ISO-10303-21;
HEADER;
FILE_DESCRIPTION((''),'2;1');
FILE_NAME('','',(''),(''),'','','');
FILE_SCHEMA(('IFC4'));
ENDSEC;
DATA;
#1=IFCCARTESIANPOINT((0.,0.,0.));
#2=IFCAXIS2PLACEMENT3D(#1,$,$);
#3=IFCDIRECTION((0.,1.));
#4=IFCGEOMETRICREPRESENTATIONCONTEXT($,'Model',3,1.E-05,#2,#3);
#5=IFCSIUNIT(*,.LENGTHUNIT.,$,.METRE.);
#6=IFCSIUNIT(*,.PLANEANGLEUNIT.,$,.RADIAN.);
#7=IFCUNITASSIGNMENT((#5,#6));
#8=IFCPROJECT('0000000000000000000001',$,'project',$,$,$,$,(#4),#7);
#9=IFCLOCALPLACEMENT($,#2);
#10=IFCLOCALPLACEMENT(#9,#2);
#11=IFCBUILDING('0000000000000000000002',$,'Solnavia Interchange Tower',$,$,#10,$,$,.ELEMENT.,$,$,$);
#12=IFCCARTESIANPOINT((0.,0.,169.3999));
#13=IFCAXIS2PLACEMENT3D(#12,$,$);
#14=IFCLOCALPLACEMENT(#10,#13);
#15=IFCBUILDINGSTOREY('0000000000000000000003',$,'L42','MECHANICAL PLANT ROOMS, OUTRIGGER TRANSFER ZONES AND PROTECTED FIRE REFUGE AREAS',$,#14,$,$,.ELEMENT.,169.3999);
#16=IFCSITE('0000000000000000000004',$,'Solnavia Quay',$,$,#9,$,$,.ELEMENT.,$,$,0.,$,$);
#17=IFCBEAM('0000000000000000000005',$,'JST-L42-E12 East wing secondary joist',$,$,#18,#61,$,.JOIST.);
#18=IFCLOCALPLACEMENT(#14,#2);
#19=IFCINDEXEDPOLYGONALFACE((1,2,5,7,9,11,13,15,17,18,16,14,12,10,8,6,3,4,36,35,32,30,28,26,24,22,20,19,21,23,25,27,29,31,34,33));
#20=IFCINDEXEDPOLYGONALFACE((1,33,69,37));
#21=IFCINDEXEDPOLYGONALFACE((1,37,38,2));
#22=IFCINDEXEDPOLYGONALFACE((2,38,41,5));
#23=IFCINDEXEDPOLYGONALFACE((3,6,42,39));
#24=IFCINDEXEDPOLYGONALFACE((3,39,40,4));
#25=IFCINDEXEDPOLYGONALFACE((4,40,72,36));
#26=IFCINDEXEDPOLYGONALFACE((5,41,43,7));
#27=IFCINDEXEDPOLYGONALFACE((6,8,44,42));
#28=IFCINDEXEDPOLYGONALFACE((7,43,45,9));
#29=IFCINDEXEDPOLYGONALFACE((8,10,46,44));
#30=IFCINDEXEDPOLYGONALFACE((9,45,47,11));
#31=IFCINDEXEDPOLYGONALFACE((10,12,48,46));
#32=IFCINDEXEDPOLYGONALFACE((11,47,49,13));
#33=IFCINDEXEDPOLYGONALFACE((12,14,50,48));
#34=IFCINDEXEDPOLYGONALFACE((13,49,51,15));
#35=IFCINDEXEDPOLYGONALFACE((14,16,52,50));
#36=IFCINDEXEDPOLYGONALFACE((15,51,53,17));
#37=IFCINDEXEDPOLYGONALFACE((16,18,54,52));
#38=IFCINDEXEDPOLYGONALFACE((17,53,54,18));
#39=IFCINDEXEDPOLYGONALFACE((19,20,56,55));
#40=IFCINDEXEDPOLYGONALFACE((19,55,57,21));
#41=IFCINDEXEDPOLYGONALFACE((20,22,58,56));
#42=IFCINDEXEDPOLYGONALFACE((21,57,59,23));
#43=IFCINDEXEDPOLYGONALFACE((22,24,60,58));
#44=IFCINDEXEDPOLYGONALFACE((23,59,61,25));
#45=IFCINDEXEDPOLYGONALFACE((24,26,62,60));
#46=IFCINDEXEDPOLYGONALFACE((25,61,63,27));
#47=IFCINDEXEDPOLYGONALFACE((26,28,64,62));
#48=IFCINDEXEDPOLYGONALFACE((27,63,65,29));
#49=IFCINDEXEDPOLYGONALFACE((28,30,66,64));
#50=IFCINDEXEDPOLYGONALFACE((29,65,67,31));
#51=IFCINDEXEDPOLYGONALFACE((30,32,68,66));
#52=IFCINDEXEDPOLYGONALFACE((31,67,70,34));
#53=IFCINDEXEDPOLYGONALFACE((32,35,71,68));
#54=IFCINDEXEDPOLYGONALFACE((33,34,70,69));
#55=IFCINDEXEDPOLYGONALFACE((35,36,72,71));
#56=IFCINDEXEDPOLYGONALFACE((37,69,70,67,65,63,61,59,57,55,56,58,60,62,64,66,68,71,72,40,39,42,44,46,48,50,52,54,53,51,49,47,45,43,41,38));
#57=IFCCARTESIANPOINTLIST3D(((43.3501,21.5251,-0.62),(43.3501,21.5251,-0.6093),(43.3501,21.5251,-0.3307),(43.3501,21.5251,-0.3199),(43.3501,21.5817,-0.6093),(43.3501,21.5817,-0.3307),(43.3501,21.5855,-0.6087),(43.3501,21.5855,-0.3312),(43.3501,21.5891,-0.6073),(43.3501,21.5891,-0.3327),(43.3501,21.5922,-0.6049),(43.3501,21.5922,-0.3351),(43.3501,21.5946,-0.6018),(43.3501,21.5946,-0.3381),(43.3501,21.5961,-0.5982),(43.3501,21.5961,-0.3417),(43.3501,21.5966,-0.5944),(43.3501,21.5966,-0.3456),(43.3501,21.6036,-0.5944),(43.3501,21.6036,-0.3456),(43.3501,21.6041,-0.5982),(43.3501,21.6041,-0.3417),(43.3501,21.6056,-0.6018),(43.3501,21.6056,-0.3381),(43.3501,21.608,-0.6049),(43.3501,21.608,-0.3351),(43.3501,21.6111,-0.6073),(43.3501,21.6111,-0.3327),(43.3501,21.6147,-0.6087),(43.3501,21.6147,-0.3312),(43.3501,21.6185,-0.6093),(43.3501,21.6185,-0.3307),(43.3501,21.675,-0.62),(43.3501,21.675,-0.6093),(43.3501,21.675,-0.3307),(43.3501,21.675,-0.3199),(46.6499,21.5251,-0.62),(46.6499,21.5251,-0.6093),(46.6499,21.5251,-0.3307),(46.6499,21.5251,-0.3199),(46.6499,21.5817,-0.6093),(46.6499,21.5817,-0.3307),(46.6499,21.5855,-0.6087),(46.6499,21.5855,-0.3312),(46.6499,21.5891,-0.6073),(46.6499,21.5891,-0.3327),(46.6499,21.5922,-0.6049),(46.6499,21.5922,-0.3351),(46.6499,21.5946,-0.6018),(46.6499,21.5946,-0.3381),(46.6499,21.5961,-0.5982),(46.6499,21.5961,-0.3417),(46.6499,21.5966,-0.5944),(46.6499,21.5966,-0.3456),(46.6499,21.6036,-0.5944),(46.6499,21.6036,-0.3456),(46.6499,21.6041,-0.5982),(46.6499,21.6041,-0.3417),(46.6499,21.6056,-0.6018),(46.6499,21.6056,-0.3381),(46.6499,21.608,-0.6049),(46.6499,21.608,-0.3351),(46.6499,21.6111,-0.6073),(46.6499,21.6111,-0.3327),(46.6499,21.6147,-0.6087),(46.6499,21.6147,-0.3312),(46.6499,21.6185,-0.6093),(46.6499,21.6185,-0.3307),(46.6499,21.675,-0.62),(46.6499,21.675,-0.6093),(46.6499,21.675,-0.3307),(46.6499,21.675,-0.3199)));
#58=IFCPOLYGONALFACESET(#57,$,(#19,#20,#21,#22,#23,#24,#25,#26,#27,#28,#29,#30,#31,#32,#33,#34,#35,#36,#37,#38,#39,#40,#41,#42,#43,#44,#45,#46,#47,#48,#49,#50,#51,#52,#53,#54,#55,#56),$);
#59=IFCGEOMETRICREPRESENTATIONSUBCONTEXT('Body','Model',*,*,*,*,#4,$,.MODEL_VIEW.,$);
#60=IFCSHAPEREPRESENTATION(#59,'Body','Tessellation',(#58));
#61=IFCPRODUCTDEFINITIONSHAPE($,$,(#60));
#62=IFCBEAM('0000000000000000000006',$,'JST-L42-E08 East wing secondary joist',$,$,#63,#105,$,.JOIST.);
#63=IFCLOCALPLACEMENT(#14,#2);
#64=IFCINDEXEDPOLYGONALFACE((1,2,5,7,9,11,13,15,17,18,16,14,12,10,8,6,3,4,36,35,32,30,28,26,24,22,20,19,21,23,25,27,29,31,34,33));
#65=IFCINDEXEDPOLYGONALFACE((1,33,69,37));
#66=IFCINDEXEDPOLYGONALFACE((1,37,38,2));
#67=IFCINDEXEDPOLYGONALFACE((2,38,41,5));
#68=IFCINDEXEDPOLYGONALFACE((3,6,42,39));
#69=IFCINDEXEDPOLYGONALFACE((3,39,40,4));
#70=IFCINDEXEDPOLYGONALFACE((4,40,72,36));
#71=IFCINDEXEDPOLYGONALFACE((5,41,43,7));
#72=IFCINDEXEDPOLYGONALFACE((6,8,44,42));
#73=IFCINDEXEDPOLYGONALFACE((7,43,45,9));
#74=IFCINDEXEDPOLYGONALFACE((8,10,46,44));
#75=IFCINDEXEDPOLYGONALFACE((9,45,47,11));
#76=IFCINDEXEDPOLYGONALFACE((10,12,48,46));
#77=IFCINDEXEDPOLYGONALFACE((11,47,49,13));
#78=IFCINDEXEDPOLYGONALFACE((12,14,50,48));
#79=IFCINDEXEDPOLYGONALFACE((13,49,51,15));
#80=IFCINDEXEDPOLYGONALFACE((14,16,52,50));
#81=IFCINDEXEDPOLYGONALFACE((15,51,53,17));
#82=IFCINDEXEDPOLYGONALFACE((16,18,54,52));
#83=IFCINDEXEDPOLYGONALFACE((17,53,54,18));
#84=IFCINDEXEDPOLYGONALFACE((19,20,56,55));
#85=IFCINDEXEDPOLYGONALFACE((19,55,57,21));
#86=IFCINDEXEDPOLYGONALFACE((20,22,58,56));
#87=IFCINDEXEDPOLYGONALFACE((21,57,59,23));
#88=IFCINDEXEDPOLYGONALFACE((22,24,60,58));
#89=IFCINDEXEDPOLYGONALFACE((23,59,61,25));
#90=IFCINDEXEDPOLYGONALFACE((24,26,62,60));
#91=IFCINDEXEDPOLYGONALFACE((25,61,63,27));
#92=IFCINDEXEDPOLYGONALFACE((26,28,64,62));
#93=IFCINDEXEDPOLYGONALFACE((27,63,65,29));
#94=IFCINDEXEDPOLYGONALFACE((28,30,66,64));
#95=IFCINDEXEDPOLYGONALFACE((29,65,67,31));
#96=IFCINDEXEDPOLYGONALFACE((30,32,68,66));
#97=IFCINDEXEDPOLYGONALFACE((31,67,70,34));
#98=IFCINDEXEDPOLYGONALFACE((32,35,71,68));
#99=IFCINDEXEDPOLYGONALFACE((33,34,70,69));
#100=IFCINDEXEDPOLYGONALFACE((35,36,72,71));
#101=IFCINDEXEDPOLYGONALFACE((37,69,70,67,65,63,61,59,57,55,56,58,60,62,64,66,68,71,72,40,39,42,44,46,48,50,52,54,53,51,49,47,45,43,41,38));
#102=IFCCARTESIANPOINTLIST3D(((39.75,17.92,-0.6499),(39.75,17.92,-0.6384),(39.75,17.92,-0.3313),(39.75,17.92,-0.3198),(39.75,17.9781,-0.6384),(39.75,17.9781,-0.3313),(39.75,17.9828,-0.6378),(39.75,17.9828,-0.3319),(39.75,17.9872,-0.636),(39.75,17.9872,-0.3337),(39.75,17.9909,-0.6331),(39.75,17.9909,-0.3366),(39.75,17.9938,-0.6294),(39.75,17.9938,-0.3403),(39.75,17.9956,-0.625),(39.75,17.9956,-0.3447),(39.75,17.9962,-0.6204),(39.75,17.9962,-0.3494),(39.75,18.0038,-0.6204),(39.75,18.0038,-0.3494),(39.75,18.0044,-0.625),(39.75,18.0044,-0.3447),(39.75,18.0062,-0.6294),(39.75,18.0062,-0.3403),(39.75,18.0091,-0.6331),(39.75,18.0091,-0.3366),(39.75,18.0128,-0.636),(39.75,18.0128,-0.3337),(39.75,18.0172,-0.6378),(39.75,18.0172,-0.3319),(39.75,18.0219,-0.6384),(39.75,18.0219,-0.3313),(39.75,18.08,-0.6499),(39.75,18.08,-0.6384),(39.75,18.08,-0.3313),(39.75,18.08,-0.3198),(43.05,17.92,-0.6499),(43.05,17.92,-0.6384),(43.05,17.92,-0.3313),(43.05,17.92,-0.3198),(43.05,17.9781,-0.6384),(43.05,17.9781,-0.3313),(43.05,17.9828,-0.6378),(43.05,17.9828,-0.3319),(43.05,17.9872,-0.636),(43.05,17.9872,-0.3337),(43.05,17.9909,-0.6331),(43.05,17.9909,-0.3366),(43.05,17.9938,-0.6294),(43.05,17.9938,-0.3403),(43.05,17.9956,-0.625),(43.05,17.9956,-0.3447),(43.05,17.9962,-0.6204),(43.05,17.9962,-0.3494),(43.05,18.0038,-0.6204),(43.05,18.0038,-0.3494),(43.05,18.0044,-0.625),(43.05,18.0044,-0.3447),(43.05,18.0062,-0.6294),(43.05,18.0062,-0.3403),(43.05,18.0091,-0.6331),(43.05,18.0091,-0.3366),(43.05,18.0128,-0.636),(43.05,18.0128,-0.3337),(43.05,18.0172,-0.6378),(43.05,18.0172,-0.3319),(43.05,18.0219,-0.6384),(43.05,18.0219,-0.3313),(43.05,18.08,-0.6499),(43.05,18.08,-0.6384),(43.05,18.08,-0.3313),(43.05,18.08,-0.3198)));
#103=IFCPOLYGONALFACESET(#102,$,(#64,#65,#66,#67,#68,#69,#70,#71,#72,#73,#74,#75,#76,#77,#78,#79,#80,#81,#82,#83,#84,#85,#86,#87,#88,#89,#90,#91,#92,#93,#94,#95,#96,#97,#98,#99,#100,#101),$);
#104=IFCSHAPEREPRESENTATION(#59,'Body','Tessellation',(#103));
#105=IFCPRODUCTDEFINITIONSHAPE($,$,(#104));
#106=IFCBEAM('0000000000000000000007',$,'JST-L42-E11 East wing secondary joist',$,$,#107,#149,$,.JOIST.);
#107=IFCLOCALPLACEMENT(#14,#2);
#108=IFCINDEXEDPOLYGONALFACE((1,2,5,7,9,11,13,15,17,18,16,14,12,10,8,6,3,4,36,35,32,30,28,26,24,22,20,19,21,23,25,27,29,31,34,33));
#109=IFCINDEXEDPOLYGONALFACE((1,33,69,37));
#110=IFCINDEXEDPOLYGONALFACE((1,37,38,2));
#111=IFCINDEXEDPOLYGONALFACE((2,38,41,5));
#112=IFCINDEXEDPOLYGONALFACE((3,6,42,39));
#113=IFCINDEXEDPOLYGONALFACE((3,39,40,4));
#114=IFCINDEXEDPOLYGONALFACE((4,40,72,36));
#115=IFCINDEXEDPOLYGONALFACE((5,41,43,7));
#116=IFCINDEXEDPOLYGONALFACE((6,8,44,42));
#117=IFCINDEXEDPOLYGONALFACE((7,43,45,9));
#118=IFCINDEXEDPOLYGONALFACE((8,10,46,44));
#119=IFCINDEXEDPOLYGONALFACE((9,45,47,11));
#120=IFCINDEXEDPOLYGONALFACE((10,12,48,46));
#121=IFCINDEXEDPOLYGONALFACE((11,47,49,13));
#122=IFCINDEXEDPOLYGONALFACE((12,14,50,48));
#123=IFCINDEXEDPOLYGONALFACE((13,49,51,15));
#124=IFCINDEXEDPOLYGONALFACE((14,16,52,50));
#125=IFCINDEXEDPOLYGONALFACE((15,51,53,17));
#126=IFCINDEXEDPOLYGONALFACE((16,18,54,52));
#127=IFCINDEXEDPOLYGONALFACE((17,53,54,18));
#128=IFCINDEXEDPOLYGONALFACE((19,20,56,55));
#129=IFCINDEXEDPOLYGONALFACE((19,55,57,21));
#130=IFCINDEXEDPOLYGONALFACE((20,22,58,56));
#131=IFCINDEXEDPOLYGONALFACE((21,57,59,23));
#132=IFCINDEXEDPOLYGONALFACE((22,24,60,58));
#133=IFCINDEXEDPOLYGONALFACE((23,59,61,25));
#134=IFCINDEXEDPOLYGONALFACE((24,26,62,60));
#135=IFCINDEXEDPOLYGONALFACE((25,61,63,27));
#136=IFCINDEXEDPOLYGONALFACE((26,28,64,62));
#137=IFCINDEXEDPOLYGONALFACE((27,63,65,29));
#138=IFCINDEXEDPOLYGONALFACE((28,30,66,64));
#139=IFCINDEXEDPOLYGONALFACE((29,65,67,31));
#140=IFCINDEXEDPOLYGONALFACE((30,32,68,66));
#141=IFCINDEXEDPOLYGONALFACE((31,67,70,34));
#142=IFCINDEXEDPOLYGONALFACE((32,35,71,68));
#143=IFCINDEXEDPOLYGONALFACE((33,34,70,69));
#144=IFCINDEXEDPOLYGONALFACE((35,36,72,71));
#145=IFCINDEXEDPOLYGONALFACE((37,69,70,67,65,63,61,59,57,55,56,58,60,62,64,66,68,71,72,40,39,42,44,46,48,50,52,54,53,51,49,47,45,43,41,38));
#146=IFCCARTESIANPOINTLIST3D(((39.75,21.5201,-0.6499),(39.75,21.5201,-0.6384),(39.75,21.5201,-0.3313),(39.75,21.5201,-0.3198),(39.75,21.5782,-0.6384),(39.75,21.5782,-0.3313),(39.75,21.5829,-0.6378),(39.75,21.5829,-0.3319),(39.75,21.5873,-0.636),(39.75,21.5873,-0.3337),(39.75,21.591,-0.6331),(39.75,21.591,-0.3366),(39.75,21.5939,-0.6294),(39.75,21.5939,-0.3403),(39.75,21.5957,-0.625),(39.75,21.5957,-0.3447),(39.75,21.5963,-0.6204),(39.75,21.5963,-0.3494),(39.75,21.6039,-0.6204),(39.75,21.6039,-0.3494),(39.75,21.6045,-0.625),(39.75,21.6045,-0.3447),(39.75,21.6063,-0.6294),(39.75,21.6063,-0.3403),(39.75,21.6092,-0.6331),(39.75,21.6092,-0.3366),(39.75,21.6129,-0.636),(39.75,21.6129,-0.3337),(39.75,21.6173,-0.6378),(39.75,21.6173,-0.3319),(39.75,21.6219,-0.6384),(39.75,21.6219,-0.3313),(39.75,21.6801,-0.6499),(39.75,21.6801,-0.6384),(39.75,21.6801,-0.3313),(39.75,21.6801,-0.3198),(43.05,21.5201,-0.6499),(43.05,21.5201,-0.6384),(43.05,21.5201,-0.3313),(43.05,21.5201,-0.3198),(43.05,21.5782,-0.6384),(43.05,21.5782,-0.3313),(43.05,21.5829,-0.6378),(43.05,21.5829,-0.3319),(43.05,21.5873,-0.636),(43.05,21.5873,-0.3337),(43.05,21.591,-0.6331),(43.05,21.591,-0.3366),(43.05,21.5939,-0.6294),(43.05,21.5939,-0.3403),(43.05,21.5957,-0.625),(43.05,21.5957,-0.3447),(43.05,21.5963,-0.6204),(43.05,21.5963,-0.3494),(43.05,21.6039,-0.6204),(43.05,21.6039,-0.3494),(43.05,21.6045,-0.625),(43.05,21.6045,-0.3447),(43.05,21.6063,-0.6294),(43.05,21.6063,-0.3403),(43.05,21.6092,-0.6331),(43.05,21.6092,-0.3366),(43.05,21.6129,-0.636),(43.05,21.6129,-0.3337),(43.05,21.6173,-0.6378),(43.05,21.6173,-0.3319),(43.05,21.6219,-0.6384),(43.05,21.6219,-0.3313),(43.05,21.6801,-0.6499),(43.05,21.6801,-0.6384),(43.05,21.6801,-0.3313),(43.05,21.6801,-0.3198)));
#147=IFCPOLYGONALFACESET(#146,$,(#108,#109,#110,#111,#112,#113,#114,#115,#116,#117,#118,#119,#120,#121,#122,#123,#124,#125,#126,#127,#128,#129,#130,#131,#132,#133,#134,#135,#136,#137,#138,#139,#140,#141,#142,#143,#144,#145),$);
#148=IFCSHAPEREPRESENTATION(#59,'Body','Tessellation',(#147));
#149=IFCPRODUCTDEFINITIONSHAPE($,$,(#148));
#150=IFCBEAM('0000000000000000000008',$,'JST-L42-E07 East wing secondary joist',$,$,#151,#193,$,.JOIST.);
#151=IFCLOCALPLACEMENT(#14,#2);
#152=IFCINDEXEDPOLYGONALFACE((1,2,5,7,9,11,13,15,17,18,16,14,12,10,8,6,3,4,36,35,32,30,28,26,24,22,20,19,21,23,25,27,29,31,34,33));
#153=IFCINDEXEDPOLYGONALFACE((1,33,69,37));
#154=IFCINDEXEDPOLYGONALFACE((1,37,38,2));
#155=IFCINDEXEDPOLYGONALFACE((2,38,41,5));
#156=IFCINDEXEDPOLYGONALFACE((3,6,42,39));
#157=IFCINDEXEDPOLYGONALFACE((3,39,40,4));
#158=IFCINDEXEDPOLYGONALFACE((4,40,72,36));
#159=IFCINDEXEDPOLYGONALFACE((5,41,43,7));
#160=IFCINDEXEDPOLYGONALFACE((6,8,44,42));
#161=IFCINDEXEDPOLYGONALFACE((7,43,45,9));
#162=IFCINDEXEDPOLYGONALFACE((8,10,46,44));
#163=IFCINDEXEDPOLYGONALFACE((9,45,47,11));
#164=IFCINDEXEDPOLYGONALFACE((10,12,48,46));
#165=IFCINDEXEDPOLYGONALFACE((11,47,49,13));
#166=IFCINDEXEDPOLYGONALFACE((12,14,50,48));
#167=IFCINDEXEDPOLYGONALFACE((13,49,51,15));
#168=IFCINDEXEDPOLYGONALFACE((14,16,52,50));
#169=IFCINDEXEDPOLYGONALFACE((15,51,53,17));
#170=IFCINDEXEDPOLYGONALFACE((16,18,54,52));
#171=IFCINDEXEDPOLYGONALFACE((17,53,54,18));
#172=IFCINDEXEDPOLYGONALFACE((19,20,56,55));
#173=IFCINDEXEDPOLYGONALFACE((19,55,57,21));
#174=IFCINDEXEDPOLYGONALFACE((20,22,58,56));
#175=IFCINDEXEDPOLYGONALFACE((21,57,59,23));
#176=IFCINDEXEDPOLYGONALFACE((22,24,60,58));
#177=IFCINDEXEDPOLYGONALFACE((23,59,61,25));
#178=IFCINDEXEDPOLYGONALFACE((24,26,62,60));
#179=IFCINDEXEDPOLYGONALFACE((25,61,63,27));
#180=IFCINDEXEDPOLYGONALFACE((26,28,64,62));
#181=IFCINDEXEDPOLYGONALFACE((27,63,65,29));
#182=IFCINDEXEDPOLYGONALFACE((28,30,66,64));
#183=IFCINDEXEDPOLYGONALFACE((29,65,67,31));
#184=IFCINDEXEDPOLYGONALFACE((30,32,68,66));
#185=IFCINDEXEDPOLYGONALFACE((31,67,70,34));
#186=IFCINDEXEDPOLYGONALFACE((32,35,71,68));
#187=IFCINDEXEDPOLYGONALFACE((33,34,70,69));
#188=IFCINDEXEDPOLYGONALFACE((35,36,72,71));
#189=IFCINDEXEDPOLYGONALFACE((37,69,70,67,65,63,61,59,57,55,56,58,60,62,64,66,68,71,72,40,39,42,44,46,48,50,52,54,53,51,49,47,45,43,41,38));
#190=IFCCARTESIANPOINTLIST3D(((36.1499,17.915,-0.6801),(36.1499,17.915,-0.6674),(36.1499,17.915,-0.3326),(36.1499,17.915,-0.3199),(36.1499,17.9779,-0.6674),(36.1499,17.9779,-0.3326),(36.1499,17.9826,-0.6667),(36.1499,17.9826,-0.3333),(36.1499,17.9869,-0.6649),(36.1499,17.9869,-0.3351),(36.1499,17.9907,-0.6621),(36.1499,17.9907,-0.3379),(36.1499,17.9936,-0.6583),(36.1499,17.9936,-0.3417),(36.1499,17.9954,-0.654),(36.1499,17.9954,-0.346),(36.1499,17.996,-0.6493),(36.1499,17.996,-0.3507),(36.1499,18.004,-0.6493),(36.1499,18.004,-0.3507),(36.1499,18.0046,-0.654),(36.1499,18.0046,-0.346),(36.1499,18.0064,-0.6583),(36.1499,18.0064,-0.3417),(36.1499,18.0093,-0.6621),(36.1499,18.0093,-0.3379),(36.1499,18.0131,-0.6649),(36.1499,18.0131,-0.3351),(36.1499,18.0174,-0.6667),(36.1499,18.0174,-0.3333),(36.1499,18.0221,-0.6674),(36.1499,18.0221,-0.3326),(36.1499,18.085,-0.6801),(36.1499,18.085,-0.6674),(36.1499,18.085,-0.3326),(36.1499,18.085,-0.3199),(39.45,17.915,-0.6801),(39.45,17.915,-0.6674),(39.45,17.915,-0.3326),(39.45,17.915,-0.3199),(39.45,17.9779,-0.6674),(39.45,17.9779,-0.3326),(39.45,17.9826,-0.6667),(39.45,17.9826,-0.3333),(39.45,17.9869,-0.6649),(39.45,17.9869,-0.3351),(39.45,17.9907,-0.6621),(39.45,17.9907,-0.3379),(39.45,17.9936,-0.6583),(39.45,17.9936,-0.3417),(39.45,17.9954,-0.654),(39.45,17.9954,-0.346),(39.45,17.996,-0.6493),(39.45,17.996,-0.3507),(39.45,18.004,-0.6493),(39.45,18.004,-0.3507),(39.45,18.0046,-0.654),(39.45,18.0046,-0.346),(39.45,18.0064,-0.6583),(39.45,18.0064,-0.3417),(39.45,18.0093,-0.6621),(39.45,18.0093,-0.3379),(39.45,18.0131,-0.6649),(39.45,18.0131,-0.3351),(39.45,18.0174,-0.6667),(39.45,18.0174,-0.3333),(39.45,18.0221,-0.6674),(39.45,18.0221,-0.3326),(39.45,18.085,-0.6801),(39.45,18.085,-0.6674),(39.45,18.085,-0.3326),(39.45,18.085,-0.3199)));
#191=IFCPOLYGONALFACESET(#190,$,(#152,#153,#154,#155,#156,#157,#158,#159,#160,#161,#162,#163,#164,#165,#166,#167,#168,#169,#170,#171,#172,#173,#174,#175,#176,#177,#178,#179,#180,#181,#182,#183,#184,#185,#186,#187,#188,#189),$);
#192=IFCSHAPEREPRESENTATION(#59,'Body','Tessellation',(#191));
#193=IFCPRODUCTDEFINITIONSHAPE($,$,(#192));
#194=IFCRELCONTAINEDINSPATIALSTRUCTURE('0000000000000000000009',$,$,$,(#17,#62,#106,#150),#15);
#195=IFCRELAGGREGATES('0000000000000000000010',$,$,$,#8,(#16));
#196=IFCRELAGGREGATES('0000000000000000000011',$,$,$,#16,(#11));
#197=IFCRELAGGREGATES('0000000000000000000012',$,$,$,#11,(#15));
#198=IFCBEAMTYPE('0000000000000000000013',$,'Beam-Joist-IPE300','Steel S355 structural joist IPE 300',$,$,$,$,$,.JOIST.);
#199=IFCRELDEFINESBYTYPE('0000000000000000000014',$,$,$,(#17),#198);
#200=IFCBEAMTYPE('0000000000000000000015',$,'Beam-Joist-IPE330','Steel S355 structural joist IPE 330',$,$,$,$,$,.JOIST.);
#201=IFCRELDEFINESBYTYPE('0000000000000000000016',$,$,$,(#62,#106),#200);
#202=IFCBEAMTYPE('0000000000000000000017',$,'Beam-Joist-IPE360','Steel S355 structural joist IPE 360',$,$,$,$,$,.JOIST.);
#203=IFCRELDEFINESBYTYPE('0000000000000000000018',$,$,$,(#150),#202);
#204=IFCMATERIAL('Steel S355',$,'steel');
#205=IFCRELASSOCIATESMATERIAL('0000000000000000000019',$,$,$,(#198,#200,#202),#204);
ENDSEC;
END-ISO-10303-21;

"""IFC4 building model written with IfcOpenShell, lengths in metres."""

from ifc_helpers import new_model, si_unit, direction, frame, origin, origin_2d, place, context, subcontext, project, spatial, i_section, extrude, material, material_profile, profile_set, type_object, element, save


model = new_model("IFC4")

# Units and contexts
model_context = context("Model", 3, precision=1e-05, world=origin(), true_north=direction((0.0, 1.0)))
body_context = subcontext(model_context, "Body", "Model", "MODEL_VIEW")
ifc_project = project(units=[si_unit("LENGTHUNIT", "METRE"), si_unit("PLANEANGLEUNIT", "RADIAN")], contexts=[model_context])

# Site, building, storey
site_placement = place(None, origin())
site = spatial("IfcSite", under=ifc_project, at=site_placement, Name="Solnavia Quay", CompositionType="ELEMENT", RefElevation=0.0)
building_placement = place(site_placement, origin())
building = spatial("IfcBuilding", under=site, at=building_placement, Name="Solnavia Interchange Tower", CompositionType="ELEMENT")
storey_placement = place(building_placement, frame((0.0, 0.0, 169.3999)))
storey = spatial("IfcBuildingStorey", under=building, at=storey_placement, Name="L42", Description="MECHANICAL PLANT ROOMS, OUTRIGGER TRANSFER ZONES AND PROTECTED FIRE REFUGE AREAS", CompositionType="ELEMENT", Elevation=169.3999)

# Shared definitions
ifc_material_1 = material(Name="Steel S355", Category="steel")

# Beams
ifc_material_profile_1 = material_profile(ifc_material_1, i_section(OverallWidth=0.1499, OverallDepth=0.3, WebThickness=0.0071, FlangeThickness=0.0107, FilletRadius=0.0149, at=origin_2d()), Name="IPE 300")
ifc_profile_set_1 = profile_set([ifc_material_profile_1], Name="Steel S355")
beam_type_1 = type_object("IfcBeamType", Name="Beam-Joist-IPE300", Description="Steel S355 structural joist IPE 300", PredefinedType="JOIST", material=ifc_profile_set_1)
for number, where, z_axis, x_axis, name in (
    (1, (43.3501, 21.6001, -0.47), (1.0, 0.0, 0.0), (0.0, 1.0, 0.0), "JST-L42-E12 East wing secondary joist"),
):
    element("IfcBeam", number, at=place(storey_placement, frame(where, z_axis=z_axis, x_axis=x_axis)), inside=storey, type_object=beam_type_1, Name=name, PredefinedType="JOIST", context=body_context, shape_type="SweptSolid", body=[
        extrude(i_section(OverallWidth=0.1499, OverallDepth=0.3, WebThickness=0.0071, FlangeThickness=0.0107, FilletRadius=0.0149, at=origin_2d()), origin(), (0.0, 0.0, 1.0), 3.2998),
    ])
ifc_material_profile_2 = material_profile(ifc_material_1, i_section(OverallWidth=0.1599, OverallDepth=0.3301, WebThickness=0.0076, FlangeThickness=0.0115, FilletRadius=0.0181, at=origin_2d()), Name="IPE 330")
ifc_profile_set_2 = profile_set([ifc_material_profile_2], Name="Steel S355")
beam_type_2 = type_object("IfcBeamType", Name="Beam-Joist-IPE330", Description="Steel S355 structural joist IPE 330", PredefinedType="JOIST", material=ifc_profile_set_2)
for number, where, z_axis, x_axis, name in (
    (2, (39.75, 18.0, -0.4849), (1.0, 0.0, 0.0), (0.0, 1.0, 0.0), "JST-L42-E08 East wing secondary joist"),
    (3, (39.75, 21.6001, -0.4849), (1.0, 0.0, 0.0), (0.0, 1.0, 0.0), "JST-L42-E11 East wing secondary joist"),
):
    element("IfcBeam", number, at=place(storey_placement, frame(where, z_axis=z_axis, x_axis=x_axis)), inside=storey, type_object=beam_type_2, Name=name, PredefinedType="JOIST", context=body_context, shape_type="SweptSolid", body=[
        extrude(i_section(OverallWidth=0.1599, OverallDepth=0.3301, WebThickness=0.0076, FlangeThickness=0.0115, FilletRadius=0.0181, at=origin_2d()), origin(), (0.0, 0.0, 1.0), 3.3),
    ])
ifc_material_profile_3 = material_profile(ifc_material_1, i_section(OverallWidth=0.1699, OverallDepth=0.3601, WebThickness=0.0081, FlangeThickness=0.0127, FilletRadius=0.0181, at=origin_2d()), Name="IPE 360")
ifc_profile_set_3 = profile_set([ifc_material_profile_3], Name="Steel S355")
beam_type_3 = type_object("IfcBeamType", Name="Beam-Joist-IPE360", Description="Steel S355 structural joist IPE 360", PredefinedType="JOIST", material=ifc_profile_set_3)
for number, where, z_axis, x_axis, name in (
    (4, (36.1499, 18.0, -0.5), (1.0, 0.0, 0.0), (0.0, 1.0, 0.0), "JST-L42-E07 East wing secondary joist"),
):
    element("IfcBeam", number, at=place(storey_placement, frame(where, z_axis=z_axis, x_axis=x_axis)), inside=storey, type_object=beam_type_3, Name=name, PredefinedType="JOIST", context=body_context, shape_type="SweptSolid", body=[
        extrude(i_section(OverallWidth=0.1699, OverallDepth=0.3601, WebThickness=0.0081, FlangeThickness=0.0127, FilletRadius=0.0181, at=origin_2d()), origin(), (0.0, 0.0, 1.0), 3.3),
    ])

save(model, "model.ifc")
